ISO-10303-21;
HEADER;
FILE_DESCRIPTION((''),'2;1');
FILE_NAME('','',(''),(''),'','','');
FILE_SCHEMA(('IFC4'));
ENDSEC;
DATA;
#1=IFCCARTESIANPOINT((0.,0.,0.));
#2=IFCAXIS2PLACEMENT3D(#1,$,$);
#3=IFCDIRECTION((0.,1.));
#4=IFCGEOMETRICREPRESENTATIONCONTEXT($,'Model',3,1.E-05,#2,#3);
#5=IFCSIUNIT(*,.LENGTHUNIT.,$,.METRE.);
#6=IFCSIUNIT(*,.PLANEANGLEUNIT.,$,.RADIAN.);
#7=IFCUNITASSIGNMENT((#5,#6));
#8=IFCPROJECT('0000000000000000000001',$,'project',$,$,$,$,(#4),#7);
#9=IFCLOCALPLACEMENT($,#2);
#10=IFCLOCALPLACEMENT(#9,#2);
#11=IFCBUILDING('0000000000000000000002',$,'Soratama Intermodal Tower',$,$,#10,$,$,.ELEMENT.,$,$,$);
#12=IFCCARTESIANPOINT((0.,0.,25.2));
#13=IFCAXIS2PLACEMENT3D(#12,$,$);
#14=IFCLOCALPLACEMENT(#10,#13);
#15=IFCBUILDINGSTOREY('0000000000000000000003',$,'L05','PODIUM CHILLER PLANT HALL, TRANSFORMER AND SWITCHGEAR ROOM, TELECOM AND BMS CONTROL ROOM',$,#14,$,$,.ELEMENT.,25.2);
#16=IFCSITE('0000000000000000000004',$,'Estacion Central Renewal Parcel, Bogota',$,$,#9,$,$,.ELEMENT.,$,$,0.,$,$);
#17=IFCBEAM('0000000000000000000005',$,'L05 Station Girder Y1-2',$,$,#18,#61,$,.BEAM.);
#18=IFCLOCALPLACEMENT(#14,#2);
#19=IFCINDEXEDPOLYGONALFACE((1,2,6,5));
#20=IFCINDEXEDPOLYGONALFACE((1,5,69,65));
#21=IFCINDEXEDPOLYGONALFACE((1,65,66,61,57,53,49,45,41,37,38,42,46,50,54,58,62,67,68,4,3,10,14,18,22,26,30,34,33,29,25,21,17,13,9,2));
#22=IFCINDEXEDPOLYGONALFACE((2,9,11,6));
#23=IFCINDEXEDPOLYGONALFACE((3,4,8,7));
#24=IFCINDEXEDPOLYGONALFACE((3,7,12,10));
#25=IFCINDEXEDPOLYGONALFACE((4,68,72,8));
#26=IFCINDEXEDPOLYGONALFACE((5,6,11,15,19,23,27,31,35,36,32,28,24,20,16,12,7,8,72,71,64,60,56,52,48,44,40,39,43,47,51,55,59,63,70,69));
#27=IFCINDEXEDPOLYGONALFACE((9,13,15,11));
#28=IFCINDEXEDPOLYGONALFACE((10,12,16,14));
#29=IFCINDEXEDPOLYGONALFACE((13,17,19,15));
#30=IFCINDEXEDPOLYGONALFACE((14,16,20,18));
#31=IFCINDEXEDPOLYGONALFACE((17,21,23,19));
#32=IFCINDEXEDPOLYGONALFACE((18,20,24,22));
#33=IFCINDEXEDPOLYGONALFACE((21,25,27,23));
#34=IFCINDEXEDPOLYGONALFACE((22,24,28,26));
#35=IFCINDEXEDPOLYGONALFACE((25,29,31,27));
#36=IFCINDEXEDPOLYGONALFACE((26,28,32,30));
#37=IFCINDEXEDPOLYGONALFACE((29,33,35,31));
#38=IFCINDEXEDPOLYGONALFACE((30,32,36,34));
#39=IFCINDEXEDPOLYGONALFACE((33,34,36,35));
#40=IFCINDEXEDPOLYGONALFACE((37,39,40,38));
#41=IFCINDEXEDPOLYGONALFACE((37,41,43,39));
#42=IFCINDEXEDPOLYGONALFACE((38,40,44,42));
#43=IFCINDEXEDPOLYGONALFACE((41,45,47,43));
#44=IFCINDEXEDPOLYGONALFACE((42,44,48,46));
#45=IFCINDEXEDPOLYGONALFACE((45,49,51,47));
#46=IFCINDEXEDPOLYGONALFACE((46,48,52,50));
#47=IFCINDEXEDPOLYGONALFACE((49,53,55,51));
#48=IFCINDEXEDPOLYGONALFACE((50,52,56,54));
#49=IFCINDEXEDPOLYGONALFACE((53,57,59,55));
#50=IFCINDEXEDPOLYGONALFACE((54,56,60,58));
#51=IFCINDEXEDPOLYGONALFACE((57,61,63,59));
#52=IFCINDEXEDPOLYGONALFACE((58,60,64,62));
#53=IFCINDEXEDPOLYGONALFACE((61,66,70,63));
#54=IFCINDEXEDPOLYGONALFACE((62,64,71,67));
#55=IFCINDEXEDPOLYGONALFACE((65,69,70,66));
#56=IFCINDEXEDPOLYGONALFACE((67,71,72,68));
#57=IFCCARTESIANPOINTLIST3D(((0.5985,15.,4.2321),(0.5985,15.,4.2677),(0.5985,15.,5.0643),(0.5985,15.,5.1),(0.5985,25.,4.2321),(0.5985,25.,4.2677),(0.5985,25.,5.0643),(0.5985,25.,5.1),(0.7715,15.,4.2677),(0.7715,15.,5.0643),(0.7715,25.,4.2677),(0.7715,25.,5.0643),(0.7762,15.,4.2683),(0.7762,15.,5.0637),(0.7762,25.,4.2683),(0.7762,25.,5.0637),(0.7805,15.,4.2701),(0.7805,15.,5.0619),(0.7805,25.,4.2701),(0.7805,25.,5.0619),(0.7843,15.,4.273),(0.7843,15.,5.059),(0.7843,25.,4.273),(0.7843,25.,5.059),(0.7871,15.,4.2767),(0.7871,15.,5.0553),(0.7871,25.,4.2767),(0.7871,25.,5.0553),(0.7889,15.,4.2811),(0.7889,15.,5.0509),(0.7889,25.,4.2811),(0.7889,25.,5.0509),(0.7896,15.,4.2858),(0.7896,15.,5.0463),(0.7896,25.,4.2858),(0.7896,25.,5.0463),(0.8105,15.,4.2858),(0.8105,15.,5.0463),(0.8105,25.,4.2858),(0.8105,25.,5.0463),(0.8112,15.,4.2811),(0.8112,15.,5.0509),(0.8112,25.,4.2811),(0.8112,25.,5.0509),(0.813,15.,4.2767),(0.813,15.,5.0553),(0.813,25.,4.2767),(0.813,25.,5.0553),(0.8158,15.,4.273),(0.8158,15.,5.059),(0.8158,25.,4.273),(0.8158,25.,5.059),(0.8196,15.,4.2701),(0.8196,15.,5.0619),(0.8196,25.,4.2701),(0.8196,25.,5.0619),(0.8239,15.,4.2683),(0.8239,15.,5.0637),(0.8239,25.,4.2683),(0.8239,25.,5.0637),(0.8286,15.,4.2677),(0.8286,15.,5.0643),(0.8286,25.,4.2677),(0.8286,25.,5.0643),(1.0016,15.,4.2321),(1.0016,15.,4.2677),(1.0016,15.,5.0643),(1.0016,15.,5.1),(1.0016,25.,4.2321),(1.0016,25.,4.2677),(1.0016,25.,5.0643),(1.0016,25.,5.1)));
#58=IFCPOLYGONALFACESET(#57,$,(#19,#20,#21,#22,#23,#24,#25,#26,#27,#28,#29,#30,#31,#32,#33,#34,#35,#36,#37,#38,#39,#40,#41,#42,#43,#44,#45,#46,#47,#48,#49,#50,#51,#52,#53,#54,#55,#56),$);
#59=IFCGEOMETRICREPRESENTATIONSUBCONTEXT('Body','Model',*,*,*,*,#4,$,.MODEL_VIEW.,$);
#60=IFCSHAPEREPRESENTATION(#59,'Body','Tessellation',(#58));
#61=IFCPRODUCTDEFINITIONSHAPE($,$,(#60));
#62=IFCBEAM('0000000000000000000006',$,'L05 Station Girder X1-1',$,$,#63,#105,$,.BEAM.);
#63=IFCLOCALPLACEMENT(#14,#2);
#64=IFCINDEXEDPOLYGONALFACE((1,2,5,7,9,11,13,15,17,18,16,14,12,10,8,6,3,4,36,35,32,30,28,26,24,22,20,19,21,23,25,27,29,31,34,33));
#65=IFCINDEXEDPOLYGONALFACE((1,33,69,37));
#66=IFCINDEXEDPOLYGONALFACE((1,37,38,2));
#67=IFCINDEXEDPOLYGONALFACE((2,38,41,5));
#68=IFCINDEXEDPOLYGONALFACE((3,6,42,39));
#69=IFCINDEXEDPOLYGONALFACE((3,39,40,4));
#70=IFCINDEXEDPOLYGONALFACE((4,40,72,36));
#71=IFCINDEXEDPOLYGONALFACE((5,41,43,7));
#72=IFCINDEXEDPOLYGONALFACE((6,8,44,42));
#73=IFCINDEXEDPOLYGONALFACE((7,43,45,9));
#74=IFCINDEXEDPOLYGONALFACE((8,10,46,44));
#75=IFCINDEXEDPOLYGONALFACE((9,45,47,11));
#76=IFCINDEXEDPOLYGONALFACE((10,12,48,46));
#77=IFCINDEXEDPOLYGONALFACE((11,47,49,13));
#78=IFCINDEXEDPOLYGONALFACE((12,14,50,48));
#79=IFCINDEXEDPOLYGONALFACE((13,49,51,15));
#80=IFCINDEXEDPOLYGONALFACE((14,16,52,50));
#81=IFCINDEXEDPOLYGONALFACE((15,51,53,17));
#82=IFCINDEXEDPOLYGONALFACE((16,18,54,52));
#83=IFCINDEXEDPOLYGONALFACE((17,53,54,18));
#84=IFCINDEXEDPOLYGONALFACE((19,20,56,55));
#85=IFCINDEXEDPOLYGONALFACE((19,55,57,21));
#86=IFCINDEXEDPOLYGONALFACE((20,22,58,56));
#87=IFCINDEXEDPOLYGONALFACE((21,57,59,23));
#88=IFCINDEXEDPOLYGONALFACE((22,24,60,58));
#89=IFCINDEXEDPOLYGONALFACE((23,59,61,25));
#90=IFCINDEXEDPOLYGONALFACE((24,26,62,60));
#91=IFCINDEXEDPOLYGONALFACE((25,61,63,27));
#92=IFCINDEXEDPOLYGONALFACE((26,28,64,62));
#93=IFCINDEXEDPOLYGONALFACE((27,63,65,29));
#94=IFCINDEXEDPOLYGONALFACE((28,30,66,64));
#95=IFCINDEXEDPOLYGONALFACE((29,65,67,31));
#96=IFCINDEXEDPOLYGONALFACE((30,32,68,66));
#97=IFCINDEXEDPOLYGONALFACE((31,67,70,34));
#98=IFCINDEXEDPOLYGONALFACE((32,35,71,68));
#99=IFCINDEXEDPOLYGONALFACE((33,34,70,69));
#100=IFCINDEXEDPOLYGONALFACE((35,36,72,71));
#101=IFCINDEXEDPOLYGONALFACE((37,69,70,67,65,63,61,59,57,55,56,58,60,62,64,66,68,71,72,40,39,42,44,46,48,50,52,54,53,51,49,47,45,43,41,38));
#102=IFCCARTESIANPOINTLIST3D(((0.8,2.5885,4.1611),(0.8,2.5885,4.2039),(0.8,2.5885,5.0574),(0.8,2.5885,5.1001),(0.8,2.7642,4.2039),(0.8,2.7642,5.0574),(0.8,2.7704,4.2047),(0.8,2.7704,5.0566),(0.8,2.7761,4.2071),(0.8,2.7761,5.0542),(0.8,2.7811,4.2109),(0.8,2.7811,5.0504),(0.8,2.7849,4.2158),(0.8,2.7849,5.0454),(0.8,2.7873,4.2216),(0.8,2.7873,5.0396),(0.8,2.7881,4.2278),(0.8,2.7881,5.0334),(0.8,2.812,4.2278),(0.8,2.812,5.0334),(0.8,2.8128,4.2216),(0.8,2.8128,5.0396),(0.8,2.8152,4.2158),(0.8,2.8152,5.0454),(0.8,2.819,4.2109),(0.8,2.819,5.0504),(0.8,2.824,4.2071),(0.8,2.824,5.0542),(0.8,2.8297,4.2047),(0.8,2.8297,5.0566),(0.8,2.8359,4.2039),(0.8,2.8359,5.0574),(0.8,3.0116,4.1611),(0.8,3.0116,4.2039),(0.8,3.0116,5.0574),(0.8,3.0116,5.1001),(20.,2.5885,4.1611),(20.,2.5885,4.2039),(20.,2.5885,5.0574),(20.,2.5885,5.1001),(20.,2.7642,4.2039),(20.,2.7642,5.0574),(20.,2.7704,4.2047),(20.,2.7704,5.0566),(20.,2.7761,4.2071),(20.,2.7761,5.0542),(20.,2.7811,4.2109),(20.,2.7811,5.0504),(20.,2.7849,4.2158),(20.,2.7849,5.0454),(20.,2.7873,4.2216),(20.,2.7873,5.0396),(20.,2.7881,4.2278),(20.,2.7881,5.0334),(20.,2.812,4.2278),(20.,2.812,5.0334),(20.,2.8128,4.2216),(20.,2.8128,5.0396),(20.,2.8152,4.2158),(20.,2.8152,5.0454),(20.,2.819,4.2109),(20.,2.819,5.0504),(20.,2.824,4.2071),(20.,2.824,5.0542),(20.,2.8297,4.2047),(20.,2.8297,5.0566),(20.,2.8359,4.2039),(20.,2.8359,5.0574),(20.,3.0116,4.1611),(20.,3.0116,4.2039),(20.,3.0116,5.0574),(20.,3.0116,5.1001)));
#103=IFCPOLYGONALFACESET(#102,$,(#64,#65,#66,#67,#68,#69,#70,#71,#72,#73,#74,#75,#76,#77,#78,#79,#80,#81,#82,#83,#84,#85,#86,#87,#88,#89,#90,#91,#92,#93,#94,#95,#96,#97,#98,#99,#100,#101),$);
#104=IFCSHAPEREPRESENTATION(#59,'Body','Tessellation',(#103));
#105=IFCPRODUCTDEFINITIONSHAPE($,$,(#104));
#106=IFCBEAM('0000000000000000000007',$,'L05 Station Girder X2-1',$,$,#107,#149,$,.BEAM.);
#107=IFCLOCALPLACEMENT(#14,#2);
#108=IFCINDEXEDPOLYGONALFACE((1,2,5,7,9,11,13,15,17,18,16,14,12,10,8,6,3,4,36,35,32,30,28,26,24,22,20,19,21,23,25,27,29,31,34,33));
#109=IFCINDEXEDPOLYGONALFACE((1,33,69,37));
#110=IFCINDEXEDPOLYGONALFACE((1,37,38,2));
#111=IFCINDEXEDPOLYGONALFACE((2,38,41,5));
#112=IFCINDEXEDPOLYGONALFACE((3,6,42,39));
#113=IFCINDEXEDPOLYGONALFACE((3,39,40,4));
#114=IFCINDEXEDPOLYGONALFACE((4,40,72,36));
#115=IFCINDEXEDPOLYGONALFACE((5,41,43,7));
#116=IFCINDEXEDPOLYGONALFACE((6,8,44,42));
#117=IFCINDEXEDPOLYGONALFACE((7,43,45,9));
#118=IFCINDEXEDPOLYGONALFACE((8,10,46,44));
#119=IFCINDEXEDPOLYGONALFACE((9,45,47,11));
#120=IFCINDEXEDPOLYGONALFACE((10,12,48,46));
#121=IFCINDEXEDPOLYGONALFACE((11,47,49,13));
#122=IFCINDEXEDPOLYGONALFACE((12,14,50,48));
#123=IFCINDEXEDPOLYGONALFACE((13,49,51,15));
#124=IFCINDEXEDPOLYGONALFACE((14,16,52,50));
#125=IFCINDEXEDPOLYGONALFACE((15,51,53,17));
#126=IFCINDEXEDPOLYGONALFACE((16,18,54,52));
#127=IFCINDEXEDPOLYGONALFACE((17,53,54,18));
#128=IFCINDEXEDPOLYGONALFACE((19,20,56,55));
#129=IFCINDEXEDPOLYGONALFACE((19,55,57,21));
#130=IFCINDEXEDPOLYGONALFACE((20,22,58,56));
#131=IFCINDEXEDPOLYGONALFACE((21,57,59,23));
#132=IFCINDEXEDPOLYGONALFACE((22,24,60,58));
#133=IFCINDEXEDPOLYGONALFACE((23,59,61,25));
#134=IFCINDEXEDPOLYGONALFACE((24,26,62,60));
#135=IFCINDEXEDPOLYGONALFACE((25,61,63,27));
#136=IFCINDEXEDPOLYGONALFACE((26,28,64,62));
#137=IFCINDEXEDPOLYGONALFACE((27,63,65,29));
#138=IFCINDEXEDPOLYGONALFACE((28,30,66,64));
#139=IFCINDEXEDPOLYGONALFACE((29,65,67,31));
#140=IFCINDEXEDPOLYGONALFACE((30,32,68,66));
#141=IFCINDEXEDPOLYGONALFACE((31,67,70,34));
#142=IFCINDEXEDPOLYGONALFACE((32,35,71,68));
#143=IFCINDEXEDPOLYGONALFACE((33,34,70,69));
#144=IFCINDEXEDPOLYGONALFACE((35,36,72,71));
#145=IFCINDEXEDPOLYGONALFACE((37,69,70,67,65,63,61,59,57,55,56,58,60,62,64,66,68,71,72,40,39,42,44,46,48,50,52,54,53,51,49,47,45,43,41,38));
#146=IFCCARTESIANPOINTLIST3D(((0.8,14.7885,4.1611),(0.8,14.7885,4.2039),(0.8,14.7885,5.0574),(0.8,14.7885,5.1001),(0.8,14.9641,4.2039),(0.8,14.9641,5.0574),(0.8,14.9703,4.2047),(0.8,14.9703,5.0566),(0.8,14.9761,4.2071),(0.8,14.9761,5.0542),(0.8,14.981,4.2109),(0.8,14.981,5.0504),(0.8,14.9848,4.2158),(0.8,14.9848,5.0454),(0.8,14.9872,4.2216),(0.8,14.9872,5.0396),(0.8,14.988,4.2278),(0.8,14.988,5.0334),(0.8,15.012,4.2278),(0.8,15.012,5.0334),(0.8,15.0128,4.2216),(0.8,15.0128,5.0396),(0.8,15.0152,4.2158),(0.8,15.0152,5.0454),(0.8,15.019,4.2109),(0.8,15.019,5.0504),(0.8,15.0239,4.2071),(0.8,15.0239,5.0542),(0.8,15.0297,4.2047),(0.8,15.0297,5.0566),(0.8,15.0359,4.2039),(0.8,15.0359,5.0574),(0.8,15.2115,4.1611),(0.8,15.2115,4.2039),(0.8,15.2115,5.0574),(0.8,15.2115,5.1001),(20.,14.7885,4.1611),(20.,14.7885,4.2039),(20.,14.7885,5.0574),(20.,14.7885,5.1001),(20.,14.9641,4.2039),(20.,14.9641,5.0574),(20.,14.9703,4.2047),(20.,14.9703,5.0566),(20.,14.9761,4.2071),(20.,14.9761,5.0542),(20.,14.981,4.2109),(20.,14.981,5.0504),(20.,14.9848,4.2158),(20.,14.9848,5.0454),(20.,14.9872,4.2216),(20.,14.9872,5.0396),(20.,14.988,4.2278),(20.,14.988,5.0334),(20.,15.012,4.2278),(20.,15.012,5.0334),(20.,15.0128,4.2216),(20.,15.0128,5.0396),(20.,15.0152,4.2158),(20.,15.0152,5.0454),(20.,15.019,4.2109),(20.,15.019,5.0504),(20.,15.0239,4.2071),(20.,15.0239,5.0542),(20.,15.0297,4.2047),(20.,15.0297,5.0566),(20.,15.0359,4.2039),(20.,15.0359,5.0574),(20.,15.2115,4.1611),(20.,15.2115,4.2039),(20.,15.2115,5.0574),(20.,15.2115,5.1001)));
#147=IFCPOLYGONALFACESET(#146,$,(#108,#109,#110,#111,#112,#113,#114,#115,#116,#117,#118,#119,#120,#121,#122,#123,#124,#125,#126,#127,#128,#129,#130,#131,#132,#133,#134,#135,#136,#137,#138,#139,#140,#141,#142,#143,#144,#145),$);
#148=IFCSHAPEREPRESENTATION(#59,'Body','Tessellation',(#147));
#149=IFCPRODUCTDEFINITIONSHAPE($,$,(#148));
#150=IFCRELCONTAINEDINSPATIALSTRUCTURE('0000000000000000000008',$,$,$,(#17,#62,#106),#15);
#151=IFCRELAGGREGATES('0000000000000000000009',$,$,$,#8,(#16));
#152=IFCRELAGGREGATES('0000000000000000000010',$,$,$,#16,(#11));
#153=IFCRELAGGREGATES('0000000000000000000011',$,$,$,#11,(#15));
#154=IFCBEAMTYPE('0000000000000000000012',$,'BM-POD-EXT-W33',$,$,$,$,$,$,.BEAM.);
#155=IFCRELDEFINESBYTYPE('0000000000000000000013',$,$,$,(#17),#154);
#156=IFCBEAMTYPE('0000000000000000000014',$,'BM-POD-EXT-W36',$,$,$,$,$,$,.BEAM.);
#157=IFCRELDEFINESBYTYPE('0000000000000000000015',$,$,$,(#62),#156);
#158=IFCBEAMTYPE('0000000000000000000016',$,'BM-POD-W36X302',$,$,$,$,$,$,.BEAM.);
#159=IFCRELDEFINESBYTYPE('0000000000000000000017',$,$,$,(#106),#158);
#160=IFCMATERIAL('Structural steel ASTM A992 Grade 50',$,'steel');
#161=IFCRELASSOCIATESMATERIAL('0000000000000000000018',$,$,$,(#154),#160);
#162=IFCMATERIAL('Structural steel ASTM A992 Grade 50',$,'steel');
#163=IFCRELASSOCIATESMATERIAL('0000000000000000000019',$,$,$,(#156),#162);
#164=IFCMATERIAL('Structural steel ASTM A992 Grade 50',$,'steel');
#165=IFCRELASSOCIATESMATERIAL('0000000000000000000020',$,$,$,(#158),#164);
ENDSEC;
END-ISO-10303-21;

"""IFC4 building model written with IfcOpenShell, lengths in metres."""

from ifc_helpers import new_model, si_unit, direction, frame, origin, origin_2d, place, context, subcontext, project, spatial, i_section, extrude, material, material_profile, profile_set, type_object, element, save


model = new_model("IFC4")

# Units and contexts
model_context = context("Model", 3, precision=1e-05, world=origin(), true_north=direction((0.0, 1.0)))
body_context = subcontext(model_context, "Body", "Model", "MODEL_VIEW")
ifc_project = project(units=[si_unit("LENGTHUNIT", "METRE"), si_unit("PLANEANGLEUNIT", "RADIAN")], contexts=[model_context])

# Site, building, storey
site_placement = place(None, origin())
site = spatial("IfcSite", under=ifc_project, at=site_placement, Name="Estacion Central Renewal Parcel, Bogota", CompositionType="ELEMENT", RefElevation=0.0)
building_placement = place(site_placement, origin())
building = spatial("IfcBuilding", under=site, at=building_placement, Name="Soratama Intermodal Tower", CompositionType="ELEMENT")
storey_placement = place(building_placement, frame((0.0, 0.0, 25.2)))
storey = spatial("IfcBuildingStorey", under=building, at=storey_placement, Name="L05", Description="PODIUM CHILLER PLANT HALL, TRANSFORMER AND SWITCHGEAR ROOM, TELECOM AND BMS CONTROL ROOM", CompositionType="ELEMENT", Elevation=25.2)

# Beams
ifc_material_1 = material(Name="Structural steel ASTM A992 Grade 50", Category="steel")
ifc_material_profile_1 = material_profile(ifc_material_1, i_section(OverallWidth=0.4031, OverallDepth=0.8679, WebThickness=0.021, FlangeThickness=0.0356, FilletRadius=0.0181, at=origin_2d()), Name="W33X241")
ifc_profile_set_1 = profile_set([ifc_material_profile_1], Name="Structural steel ASTM A992 Grade 50")
beam_type_1 = type_object("IfcBeamType", Name="BM-POD-EXT-W33", PredefinedType="BEAM", material=ifc_profile_set_1)
beam_1_placement = place(storey_placement, frame((0.8, 15.0, 4.666), z_axis=(0.0, 1.0, 0.0), x_axis=(-1.0, 0.0, 0.0)))
element("IfcBeam", 1, at=beam_1_placement, inside=storey, type_object=beam_type_1, Name="L05 Station Girder Y1-2", PredefinedType="BEAM", context=body_context, shape_type="SweptSolid", body=[
    extrude(i_section(OverallWidth=0.4031, OverallDepth=0.8679, WebThickness=0.021, FlangeThickness=0.0356, FilletRadius=0.0181, at=origin_2d()), origin(), (0.0, 0.0, 1.0), 10.0),
])
ifc_material_2 = material(Name="Structural steel ASTM A992 Grade 50", Category="steel")
ifc_material_profile_2 = material_profile(ifc_material_2, i_section(OverallWidth=0.4231, OverallDepth=0.939, WebThickness=0.0239, FlangeThickness=0.0427, FilletRadius=0.0239, at=origin_2d()), Name="W36X302")
ifc_profile_set_2 = profile_set([ifc_material_profile_2], Name="Structural steel ASTM A992 Grade 50")
beam_type_2 = type_object("IfcBeamType", Name="BM-POD-EXT-W36", PredefinedType="BEAM", material=ifc_profile_set_2)
beam_2_placement = place(storey_placement, frame((0.8, 2.8, 4.6306), z_axis=(1.0, 0.0, 0.0), x_axis=(0.0, 1.0, 0.0)))
element("IfcBeam", 2, at=beam_2_placement, inside=storey, type_object=beam_type_2, Name="L05 Station Girder X1-1", PredefinedType="BEAM", context=body_context, shape_type="SweptSolid", body=[
    extrude(i_section(OverallWidth=0.4231, OverallDepth=0.939, WebThickness=0.0239, FlangeThickness=0.0427, FilletRadius=0.0239, at=origin_2d()), origin(), (0.0, 0.0, 1.0), 19.2),
])
ifc_material_3 = material(Name="Structural steel ASTM A992 Grade 50", Category="steel")
ifc_material_profile_3 = material_profile(ifc_material_3, i_section(OverallWidth=0.4231, OverallDepth=0.939, WebThickness=0.0239, FlangeThickness=0.0427, FilletRadius=0.0239, at=origin_2d()), Name="W36X302")
ifc_profile_set_3 = profile_set([ifc_material_profile_3], Name="Structural steel ASTM A992 Grade 50")
beam_type_3 = type_object("IfcBeamType", Name="BM-POD-W36X302", PredefinedType="BEAM", material=ifc_profile_set_3)
beam_3_placement = place(storey_placement, frame((0.8, 15.0, 4.6306), z_axis=(1.0, 0.0, 0.0), x_axis=(0.0, 1.0, 0.0)))
element("IfcBeam", 3, at=beam_3_placement, inside=storey, type_object=beam_type_3, Name="L05 Station Girder X2-1", PredefinedType="BEAM", context=body_context, shape_type="SweptSolid", body=[
    extrude(i_section(OverallWidth=0.4231, OverallDepth=0.939, WebThickness=0.0239, FlangeThickness=0.0427, FilletRadius=0.0239, at=origin_2d()), origin(), (0.0, 0.0, 1.0), 19.2),
])

save(model, "model.ifc")
